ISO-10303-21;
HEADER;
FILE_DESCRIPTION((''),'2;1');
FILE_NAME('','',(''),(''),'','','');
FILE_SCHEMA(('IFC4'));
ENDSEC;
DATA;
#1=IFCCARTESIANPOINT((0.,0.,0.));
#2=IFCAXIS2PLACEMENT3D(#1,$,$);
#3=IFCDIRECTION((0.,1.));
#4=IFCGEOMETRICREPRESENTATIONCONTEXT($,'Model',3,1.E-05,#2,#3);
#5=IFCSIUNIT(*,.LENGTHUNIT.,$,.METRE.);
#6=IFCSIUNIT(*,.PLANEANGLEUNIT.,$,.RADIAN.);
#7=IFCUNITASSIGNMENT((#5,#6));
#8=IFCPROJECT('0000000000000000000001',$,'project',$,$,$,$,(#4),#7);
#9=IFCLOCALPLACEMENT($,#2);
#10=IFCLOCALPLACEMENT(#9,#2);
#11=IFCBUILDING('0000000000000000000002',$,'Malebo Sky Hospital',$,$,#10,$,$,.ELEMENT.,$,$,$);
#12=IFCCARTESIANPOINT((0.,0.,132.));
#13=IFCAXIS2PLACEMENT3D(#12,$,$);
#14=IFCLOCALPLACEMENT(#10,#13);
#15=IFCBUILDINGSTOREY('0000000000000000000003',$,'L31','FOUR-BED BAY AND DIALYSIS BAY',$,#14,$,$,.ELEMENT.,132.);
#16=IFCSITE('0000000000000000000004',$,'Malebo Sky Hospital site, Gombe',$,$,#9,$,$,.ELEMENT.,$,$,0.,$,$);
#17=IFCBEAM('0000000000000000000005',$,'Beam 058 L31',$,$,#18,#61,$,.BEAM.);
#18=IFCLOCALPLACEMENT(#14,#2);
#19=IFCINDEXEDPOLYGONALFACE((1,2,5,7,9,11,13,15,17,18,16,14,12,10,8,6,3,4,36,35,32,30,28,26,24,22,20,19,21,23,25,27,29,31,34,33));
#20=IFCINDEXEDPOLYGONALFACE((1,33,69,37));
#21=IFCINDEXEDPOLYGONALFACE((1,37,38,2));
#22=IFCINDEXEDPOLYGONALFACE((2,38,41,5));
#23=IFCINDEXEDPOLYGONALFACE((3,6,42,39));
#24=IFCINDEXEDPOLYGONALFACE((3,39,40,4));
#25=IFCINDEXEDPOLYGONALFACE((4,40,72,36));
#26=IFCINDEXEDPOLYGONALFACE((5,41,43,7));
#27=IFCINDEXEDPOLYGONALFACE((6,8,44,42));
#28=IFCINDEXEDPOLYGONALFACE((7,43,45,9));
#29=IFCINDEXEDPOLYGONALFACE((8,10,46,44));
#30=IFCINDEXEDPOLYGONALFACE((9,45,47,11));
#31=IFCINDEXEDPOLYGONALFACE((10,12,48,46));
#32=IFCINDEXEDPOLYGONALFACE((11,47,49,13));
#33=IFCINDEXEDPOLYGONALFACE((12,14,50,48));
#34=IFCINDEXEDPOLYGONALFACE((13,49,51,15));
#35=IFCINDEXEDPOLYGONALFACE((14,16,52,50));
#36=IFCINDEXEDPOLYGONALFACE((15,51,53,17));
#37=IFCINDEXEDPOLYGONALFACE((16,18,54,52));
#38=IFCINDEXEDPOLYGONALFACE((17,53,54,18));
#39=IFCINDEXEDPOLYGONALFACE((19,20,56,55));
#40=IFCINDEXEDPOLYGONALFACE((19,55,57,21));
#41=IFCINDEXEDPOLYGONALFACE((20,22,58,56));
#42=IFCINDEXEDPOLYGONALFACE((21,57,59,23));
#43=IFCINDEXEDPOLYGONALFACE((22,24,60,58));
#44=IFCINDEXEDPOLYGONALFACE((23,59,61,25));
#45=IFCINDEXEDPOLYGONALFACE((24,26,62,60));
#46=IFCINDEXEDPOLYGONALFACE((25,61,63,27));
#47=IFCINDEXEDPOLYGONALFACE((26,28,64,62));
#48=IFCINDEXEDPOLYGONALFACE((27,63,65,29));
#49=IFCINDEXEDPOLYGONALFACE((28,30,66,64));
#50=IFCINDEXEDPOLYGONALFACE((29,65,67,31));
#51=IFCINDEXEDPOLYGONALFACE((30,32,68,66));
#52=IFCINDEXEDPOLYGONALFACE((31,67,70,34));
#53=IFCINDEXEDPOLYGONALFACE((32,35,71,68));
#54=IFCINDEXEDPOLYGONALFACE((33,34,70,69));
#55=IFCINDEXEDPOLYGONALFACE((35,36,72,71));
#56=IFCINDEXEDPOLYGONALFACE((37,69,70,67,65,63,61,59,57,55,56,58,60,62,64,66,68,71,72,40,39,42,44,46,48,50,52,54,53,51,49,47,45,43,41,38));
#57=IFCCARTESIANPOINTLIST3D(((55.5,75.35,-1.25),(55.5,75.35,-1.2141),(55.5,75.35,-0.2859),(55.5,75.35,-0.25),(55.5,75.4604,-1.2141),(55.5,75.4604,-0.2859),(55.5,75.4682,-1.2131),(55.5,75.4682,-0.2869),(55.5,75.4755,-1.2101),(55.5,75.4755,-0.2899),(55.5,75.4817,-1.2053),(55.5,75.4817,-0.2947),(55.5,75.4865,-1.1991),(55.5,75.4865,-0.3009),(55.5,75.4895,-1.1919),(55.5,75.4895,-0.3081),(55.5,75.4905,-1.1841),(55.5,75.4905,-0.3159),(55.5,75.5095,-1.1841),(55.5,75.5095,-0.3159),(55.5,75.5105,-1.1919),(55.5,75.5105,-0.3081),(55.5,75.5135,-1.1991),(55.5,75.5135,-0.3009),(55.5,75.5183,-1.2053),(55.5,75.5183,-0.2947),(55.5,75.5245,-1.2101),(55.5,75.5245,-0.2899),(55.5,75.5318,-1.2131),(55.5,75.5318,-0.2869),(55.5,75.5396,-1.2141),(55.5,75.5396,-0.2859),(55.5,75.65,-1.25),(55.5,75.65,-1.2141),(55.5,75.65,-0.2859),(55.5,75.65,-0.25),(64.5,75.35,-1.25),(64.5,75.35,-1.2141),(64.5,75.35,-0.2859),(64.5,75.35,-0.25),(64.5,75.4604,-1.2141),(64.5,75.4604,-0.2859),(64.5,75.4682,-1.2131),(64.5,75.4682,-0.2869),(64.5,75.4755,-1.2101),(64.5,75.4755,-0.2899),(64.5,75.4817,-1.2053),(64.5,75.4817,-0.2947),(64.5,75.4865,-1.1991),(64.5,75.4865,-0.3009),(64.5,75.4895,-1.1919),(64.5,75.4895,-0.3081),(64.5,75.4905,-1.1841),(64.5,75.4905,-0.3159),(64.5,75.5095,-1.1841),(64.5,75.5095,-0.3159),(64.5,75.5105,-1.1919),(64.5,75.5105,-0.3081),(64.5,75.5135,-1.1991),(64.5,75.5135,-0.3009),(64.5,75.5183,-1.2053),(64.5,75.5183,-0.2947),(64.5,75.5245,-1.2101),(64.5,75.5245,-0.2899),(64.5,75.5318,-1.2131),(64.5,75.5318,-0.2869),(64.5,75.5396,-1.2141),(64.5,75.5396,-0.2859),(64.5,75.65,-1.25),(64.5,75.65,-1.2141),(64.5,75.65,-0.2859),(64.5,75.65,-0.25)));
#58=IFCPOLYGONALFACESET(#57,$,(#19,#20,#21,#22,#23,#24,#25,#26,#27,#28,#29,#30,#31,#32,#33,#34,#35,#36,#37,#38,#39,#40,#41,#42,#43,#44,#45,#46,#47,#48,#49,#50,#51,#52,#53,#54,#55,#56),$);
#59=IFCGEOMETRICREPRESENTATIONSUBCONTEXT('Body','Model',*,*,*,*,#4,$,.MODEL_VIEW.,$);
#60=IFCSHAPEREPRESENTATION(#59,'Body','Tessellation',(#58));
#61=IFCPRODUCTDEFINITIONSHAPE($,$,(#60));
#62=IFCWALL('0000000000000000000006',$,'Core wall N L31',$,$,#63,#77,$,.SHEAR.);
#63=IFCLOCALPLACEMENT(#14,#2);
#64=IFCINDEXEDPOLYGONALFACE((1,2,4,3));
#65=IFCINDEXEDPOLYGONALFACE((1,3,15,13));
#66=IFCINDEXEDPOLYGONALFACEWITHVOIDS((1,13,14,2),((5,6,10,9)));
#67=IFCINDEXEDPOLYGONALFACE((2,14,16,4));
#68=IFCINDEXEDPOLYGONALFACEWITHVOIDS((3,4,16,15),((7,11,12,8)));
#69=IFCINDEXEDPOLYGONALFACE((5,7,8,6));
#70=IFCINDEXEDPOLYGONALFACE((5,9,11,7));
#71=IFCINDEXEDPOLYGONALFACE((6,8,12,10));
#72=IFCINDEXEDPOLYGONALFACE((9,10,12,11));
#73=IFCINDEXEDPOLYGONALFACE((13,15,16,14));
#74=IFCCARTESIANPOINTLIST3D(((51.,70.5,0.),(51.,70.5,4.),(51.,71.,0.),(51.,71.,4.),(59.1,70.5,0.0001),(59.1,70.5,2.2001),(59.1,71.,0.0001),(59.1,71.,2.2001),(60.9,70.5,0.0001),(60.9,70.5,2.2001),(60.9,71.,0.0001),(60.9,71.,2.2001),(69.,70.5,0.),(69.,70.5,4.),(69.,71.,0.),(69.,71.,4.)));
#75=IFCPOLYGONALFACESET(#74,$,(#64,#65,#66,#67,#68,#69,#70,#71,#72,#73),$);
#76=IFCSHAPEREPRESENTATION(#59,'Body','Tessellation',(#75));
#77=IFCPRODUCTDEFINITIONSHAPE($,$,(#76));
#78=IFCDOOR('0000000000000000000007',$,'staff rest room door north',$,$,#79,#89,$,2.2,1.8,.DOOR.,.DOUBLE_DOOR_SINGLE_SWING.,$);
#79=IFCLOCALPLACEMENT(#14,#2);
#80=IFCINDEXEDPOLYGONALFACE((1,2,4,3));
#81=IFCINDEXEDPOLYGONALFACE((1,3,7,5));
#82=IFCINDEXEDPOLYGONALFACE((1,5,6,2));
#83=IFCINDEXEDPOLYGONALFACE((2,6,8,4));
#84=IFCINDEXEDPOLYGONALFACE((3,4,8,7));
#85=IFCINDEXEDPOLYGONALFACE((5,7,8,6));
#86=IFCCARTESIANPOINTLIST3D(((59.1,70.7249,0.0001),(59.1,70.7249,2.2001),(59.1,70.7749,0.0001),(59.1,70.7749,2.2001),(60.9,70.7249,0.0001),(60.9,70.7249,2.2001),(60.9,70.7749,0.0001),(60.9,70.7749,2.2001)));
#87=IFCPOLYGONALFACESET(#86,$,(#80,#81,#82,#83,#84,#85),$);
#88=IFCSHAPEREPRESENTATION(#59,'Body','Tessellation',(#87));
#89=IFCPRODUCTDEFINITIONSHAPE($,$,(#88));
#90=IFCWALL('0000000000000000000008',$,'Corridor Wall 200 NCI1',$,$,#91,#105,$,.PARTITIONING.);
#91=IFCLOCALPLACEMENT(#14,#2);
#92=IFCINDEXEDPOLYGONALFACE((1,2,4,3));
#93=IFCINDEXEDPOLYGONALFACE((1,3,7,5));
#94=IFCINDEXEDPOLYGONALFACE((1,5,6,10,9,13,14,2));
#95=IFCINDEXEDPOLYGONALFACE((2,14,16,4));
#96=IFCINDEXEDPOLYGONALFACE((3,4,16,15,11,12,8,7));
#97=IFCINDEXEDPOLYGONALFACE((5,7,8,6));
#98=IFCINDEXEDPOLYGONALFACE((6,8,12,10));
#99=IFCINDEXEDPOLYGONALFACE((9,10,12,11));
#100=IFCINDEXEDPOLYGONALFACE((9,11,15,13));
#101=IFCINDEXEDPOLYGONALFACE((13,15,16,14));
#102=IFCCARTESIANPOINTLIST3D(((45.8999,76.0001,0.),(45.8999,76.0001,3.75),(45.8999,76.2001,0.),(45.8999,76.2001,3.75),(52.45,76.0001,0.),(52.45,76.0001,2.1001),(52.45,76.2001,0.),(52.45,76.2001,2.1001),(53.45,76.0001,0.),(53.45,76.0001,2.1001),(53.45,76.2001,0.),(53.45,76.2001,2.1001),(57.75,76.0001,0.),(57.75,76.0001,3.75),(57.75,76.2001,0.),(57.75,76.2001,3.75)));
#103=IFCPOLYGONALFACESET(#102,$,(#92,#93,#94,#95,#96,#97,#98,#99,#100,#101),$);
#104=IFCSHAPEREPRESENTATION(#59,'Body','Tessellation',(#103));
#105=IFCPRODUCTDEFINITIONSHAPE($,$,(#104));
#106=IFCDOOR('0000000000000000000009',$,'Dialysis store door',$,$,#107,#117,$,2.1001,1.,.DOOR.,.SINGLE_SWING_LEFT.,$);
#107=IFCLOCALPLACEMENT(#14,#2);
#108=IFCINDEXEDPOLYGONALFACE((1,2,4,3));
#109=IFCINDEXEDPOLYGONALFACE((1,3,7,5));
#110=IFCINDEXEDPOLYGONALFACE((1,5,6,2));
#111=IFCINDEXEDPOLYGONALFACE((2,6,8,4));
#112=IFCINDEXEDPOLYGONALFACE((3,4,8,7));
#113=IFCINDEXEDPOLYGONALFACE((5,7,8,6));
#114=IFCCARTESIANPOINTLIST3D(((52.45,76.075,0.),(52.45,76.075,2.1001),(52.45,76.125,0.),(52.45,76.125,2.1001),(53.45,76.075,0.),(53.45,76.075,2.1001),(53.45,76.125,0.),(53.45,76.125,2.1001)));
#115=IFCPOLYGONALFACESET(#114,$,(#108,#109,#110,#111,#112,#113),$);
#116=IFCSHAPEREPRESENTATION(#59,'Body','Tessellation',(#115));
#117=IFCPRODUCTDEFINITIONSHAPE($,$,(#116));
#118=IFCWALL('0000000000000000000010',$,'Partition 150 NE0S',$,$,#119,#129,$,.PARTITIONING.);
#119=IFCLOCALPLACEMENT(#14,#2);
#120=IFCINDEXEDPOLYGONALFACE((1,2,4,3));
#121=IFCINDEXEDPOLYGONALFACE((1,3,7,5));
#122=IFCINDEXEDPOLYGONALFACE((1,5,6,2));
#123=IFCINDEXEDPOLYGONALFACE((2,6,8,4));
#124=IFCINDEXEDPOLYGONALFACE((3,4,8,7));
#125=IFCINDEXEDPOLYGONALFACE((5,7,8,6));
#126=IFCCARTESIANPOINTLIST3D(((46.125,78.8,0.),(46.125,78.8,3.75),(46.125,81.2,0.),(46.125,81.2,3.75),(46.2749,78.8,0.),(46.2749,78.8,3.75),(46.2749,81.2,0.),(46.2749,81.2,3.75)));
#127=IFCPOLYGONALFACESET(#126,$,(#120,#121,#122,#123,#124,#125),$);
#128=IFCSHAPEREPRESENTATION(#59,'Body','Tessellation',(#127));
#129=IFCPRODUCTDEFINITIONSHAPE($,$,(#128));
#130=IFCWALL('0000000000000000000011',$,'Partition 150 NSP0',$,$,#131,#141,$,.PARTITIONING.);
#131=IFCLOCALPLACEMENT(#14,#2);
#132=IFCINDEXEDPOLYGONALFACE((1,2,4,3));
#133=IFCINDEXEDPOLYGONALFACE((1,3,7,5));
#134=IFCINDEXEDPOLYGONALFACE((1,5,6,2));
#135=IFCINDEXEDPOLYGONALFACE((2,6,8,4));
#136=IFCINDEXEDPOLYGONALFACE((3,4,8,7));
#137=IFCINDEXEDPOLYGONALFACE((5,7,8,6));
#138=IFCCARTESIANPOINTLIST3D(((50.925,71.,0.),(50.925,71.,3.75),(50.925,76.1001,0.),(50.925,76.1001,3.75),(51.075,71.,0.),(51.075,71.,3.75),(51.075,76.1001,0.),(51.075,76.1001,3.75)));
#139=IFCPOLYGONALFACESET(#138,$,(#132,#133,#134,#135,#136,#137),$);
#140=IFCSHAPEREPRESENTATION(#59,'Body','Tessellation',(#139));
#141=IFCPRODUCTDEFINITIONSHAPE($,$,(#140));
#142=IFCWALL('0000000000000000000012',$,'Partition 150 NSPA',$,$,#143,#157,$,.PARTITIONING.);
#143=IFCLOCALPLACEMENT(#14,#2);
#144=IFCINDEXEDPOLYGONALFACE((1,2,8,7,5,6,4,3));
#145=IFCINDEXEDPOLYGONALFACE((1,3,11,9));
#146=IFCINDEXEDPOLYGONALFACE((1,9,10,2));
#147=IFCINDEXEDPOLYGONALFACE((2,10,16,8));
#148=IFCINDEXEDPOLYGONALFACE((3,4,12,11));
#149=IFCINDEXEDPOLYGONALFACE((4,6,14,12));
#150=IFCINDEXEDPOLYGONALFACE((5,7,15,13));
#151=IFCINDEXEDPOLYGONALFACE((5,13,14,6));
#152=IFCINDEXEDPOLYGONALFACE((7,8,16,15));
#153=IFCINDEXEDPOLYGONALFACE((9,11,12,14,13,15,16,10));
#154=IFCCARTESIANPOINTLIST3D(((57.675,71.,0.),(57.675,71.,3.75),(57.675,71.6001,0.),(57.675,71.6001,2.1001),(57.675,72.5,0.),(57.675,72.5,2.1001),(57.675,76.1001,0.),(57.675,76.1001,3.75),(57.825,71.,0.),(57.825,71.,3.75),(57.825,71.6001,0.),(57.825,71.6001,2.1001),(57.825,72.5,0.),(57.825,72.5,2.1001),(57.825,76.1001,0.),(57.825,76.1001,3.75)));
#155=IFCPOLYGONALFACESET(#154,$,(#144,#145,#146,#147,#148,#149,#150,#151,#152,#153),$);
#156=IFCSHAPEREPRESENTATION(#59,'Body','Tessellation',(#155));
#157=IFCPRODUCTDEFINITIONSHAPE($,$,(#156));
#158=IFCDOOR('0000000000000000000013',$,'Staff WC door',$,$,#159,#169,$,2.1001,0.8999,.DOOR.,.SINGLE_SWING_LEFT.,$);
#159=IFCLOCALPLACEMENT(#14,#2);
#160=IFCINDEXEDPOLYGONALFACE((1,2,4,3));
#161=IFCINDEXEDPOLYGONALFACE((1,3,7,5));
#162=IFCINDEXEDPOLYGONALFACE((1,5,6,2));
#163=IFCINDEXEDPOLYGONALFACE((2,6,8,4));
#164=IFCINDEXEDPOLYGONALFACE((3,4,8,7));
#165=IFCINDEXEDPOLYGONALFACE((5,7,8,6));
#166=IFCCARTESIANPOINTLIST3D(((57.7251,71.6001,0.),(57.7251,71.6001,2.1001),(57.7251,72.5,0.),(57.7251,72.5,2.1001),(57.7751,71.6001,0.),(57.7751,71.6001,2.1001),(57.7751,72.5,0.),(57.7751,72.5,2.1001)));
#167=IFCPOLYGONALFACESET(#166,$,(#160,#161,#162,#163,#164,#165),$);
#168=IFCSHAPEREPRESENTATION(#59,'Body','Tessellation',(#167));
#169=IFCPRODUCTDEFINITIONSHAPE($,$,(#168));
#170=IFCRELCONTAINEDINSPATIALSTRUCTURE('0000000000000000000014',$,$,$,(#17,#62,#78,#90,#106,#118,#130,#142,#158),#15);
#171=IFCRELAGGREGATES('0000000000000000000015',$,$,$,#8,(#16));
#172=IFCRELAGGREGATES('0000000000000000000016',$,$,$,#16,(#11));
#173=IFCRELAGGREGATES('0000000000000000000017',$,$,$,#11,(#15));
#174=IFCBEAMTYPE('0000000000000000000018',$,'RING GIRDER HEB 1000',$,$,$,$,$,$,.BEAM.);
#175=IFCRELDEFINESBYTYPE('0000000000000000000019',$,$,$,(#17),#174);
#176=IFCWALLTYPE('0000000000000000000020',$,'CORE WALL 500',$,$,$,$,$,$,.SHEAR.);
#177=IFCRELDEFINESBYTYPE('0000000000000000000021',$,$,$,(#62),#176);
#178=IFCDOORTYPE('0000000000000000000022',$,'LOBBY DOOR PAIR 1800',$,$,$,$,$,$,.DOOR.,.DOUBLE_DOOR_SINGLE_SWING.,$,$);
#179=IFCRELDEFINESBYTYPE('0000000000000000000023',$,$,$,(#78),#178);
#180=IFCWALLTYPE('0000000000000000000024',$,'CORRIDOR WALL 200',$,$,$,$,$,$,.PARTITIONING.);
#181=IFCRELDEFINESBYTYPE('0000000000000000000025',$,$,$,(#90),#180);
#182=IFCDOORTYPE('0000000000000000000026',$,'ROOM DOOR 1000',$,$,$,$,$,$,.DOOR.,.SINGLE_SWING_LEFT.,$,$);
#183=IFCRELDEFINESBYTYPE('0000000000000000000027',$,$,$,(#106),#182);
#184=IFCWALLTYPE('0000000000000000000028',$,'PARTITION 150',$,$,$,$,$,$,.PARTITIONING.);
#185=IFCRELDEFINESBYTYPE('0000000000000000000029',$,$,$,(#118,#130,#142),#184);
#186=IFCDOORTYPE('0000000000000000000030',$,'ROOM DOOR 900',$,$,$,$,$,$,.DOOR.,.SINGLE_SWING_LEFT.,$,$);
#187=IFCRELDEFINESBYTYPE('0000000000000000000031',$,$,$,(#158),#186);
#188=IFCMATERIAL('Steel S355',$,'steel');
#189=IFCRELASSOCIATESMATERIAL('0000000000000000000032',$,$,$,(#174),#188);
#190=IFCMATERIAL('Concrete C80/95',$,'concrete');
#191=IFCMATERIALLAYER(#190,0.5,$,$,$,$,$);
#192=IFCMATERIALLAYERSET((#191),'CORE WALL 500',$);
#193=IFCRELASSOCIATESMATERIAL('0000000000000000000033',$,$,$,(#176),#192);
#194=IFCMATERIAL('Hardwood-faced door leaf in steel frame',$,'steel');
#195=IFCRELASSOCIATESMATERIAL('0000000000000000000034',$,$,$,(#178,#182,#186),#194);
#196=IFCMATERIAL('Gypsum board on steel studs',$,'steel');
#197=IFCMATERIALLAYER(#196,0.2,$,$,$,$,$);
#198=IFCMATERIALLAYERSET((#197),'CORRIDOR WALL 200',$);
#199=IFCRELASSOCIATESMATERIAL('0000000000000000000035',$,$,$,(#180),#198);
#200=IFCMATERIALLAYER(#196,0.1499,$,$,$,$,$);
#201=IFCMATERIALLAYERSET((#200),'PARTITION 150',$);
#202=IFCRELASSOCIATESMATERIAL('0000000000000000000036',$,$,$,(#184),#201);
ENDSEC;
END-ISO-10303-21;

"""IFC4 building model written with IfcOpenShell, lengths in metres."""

from ifc_helpers import new_model, si_unit, direction, frame, frame_2d, origin, origin_2d, place, context, subcontext, project, spatial, rectangle, i_section, extrude, material, layer, layer_set, material_profile, profile_set, type_object, element, fill, save


model = new_model("IFC4")

# Units and contexts
model_context = context("Model", 3, precision=1e-05, world=origin(), true_north=direction((0.0, 1.0)))
body_context = subcontext(model_context, "Body", "Model", "MODEL_VIEW")
ifc_project = project(units=[si_unit("LENGTHUNIT", "METRE"), si_unit("PLANEANGLEUNIT", "RADIAN")], contexts=[model_context])

# Site, building, storey
site_placement = place(None, origin())
site = spatial("IfcSite", under=ifc_project, at=site_placement, Name="Malebo Sky Hospital site, Gombe", CompositionType="ELEMENT", RefElevation=0.0)
building_placement = place(site_placement, origin())
building = spatial("IfcBuilding", under=site, at=building_placement, Name="Malebo Sky Hospital", CompositionType="ELEMENT")
storey_placement = place(building_placement, frame((0.0, 0.0, 132.0)))
storey = spatial("IfcBuildingStorey", under=building, at=storey_placement, Name="L31", Description="FOUR-BED BAY AND DIALYSIS BAY", CompositionType="ELEMENT", Elevation=132.0)

# Beam
ifc_material_1 = material(Name="Steel S355", Category="steel")
ifc_material_profile_1 = material_profile(ifc_material_1, i_section(OverallWidth=0.3, OverallDepth=1.0, WebThickness=0.019, FlangeThickness=0.0359, FilletRadius=0.03, at=origin_2d()), Name="HEB 1000")
ifc_profile_set_1 = profile_set([ifc_material_profile_1], Name="Steel S355")
beam_type_1 = type_object("IfcBeamType", Name="RING GIRDER HEB 1000", PredefinedType="BEAM", material=ifc_profile_set_1)
beam_1_placement = place(storey_placement, frame((55.5, 75.5, -0.75), z_axis=(1.0, 0.0, 0.0), x_axis=(0.0, 1.0, 0.0)))
element("IfcBeam", 1, at=beam_1_placement, inside=storey, type_object=beam_type_1, Name="Beam 058 L31", PredefinedType="BEAM", context=body_context, shape_type="SweptSolid", body=[
    extrude(i_section(OverallWidth=0.3, OverallDepth=1.0, WebThickness=0.019, FlangeThickness=0.0359, FilletRadius=0.03, at=origin_2d()), origin(), (0.0, 0.0, 1.0), 9.0),
])

# Walls, openings, doors
ifc_material_2 = material(Name="Concrete C80/95", Category="concrete")
ifc_layer_1 = layer(ifc_material_2, 0.5)
ifc_layer_set_1 = layer_set([ifc_layer_1], Name="CORE WALL 500")
wall_type_1 = type_object("IfcWallType", Name="CORE WALL 500", PredefinedType="SHEAR", material=ifc_layer_set_1)
wall_1_placement = place(storey_placement, frame((51.0, 70.75, 0.0), z_axis=(0.0, 0.0, 1.0), x_axis=(1.0, 0.0, 0.0)))
wall_1 = element("IfcWall", 2, at=wall_1_placement, inside=storey, type_object=wall_type_1, Name="Core wall N L31", PredefinedType="SHEAR", context=body_context, shape_type="SweptSolid", body=[
    extrude(rectangle(XDim=18.0, YDim=0.5, at=frame_2d((9.0, 0.0))), origin(), (0.0, 0.0, 1.0), 4.0),
])
opening_1_placement = place(wall_1_placement, frame((8.1001, 0.0, 0.0)))
opening_1 = element("IfcOpeningElement", 3, at=opening_1_placement, cuts=wall_1, PredefinedType="OPENING", context=body_context, shape_type="SweptSolid", body=[
    extrude(rectangle(XDim=1.8, YDim=2.2, at=frame_2d((0.8999, 1.1001))), frame((0.0, 0.26, 0.0), z_axis=(0.0, -1.0, 0.0), x_axis=(1.0, 0.0, 0.0)), (0.0, 0.0, 1.0), 0.52),
])
ifc_material_3 = material(Name="Hardwood-faced door leaf in steel frame", Category="steel")
door_type_1 = type_object("IfcDoorType", Name="LOBBY DOOR PAIR 1800", OperationType="DOUBLE_DOOR_SINGLE_SWING", PredefinedType="DOOR", material=ifc_material_3)
door_1_placement = place(opening_1_placement, origin())
door_1 = element("IfcDoor", 4, at=door_1_placement, inside=storey, type_object=door_type_1, Name="staff rest room door north", OperationType="DOUBLE_DOOR_SINGLE_SWING", OverallHeight=2.2, OverallWidth=1.8, PredefinedType="DOOR", context=body_context, shape_type="SweptSolid", body=[
    extrude(rectangle(XDim=1.8, YDim=2.2, at=frame_2d((0.8999, 1.1001))), frame((0.0, 0.0249, 0.0), z_axis=(0.0, -1.0, 0.0), x_axis=(1.0, 0.0, 0.0)), (0.0, 0.0, 1.0), 0.05),
])
fill(opening_1, door_1)
ifc_material_4 = material(Name="Gypsum board on steel studs", Category="steel")
ifc_layer_2 = layer(ifc_material_4, 0.2)
ifc_layer_set_2 = layer_set([ifc_layer_2], Name="CORRIDOR WALL 200")
wall_type_2 = type_object("IfcWallType", Name="CORRIDOR WALL 200", PredefinedType="PARTITIONING", material=ifc_layer_set_2)
wall_2_placement = place(storey_placement, frame((45.8999, 76.1001, 0.0), z_axis=(0.0, 0.0, 1.0), x_axis=(1.0, 0.0, 0.0)))
wall_2 = element("IfcWall", 5, at=wall_2_placement, inside=storey, type_object=wall_type_2, Name="Corridor Wall 200 NCI1", PredefinedType="PARTITIONING", context=body_context, shape_type="SweptSolid", body=[
    extrude(rectangle(XDim=11.8501, YDim=0.2, at=frame_2d((5.925, 0.0))), origin(), (0.0, 0.0, 1.0), 3.75),
])
opening_2_placement = place(wall_2_placement, frame((6.55, 0.0, 0.0)))
opening_2 = element("IfcOpeningElement", 6, at=opening_2_placement, cuts=wall_2, PredefinedType="OPENING", context=body_context, shape_type="SweptSolid", body=[
    extrude(rectangle(XDim=1.0, YDim=2.1001, at=frame_2d((0.5, 1.05))), frame((0.0, 0.1099, 0.0), z_axis=(0.0, -1.0, 0.0), x_axis=(1.0, 0.0, 0.0)), (0.0, 0.0, 1.0), 0.22),
])
door_type_2 = type_object("IfcDoorType", Name="ROOM DOOR 1000", OperationType="SINGLE_SWING_LEFT", PredefinedType="DOOR", material=ifc_material_3)
door_2_placement = place(opening_2_placement, origin())
door_2 = element("IfcDoor", 7, at=door_2_placement, inside=storey, type_object=door_type_2, Name="Dialysis store door", OperationType="SINGLE_SWING_LEFT", OverallHeight=2.1001, OverallWidth=1.0, PredefinedType="DOOR", context=body_context, shape_type="SweptSolid", body=[
    extrude(rectangle(XDim=1.0, YDim=2.1001, at=frame_2d((0.5, 1.05))), frame((0.0, 0.0249, 0.0), z_axis=(0.0, -1.0, 0.0), x_axis=(1.0, 0.0, 0.0)), (0.0, 0.0, 1.0), 0.05),
])
fill(opening_2, door_2)

# Walls
ifc_layer_3 = layer(ifc_material_4, 0.1499)
ifc_layer_set_3 = layer_set([ifc_layer_3], Name="PARTITION 150")
wall_type_3 = type_object("IfcWallType", Name="PARTITION 150", PredefinedType="PARTITIONING", material=ifc_layer_set_3)
wall_3_placement = place(storey_placement, frame((46.2, 78.8, 0.0), z_axis=(0.0, 0.0, 1.0), x_axis=(0.0, 1.0, 0.0)))
element("IfcWall", 8, at=wall_3_placement, inside=storey, type_object=wall_type_3, Name="Partition 150 NE0S", PredefinedType="PARTITIONING", context=body_context, shape_type="SweptSolid", body=[
    extrude(rectangle(XDim=2.3999, YDim=0.1499, at=frame_2d((1.2, 0.0))), origin(), (0.0, 0.0, 1.0), 3.75),
])
wall_4_placement = place(storey_placement, frame((51.0, 71.0, 0.0), z_axis=(0.0, 0.0, 1.0), x_axis=(0.0, 1.0, 0.0)))
element("IfcWall", 9, at=wall_4_placement, inside=storey, type_object=wall_type_3, Name="Partition 150 NSP0", PredefinedType="PARTITIONING", context=body_context, shape_type="SweptSolid", body=[
    extrude(rectangle(XDim=5.1001, YDim=0.1499, at=frame_2d((2.55, 0.0))), origin(), (0.0, 0.0, 1.0), 3.75),
])

# Wall, opening, door
wall_5_placement = place(storey_placement, frame((57.75, 71.0, 0.0), z_axis=(0.0, 0.0, 1.0), x_axis=(0.0, 1.0, 0.0)))
wall_5 = element("IfcWall", 10, at=wall_5_placement, inside=storey, type_object=wall_type_3, Name="Partition 150 NSPA", PredefinedType="PARTITIONING", context=body_context, shape_type="SweptSolid", body=[
    extrude(rectangle(XDim=5.1001, YDim=0.1499, at=frame_2d((2.55, 0.0))), origin(), (0.0, 0.0, 1.0), 3.75),
])
opening_3_placement = place(wall_5_placement, frame((0.6001, 0.0, 0.0)))
opening_3 = element("IfcOpeningElement", 11, at=opening_3_placement, cuts=wall_5, PredefinedType="OPENING", context=body_context, shape_type="SweptSolid", body=[
    extrude(rectangle(XDim=0.8999, YDim=2.1001, at=frame_2d((0.45, 1.05))), frame((0.0, 0.085, 0.0), z_axis=(0.0, -1.0, 0.0), x_axis=(1.0, 0.0, 0.0)), (0.0, 0.0, 1.0), 0.1699),
])
door_type_3 = type_object("IfcDoorType", Name="ROOM DOOR 900", OperationType="SINGLE_SWING_LEFT", PredefinedType="DOOR", material=ifc_material_3)
door_3_placement = place(opening_3_placement, origin())
door_3 = element("IfcDoor", 12, at=door_3_placement, inside=storey, type_object=door_type_3, Name="Staff WC door", OperationType="SINGLE_SWING_LEFT", OverallHeight=2.1001, OverallWidth=0.8999, PredefinedType="DOOR", context=body_context, shape_type="SweptSolid", body=[
    extrude(rectangle(XDim=0.8999, YDim=2.1001, at=frame_2d((0.45, 1.05))), frame((0.0, 0.0249, 0.0), z_axis=(0.0, -1.0, 0.0), x_axis=(1.0, 0.0, 0.0)), (0.0, 0.0, 1.0), 0.05),
])
fill(opening_3, door_3)

save(model, "model.ifc")
